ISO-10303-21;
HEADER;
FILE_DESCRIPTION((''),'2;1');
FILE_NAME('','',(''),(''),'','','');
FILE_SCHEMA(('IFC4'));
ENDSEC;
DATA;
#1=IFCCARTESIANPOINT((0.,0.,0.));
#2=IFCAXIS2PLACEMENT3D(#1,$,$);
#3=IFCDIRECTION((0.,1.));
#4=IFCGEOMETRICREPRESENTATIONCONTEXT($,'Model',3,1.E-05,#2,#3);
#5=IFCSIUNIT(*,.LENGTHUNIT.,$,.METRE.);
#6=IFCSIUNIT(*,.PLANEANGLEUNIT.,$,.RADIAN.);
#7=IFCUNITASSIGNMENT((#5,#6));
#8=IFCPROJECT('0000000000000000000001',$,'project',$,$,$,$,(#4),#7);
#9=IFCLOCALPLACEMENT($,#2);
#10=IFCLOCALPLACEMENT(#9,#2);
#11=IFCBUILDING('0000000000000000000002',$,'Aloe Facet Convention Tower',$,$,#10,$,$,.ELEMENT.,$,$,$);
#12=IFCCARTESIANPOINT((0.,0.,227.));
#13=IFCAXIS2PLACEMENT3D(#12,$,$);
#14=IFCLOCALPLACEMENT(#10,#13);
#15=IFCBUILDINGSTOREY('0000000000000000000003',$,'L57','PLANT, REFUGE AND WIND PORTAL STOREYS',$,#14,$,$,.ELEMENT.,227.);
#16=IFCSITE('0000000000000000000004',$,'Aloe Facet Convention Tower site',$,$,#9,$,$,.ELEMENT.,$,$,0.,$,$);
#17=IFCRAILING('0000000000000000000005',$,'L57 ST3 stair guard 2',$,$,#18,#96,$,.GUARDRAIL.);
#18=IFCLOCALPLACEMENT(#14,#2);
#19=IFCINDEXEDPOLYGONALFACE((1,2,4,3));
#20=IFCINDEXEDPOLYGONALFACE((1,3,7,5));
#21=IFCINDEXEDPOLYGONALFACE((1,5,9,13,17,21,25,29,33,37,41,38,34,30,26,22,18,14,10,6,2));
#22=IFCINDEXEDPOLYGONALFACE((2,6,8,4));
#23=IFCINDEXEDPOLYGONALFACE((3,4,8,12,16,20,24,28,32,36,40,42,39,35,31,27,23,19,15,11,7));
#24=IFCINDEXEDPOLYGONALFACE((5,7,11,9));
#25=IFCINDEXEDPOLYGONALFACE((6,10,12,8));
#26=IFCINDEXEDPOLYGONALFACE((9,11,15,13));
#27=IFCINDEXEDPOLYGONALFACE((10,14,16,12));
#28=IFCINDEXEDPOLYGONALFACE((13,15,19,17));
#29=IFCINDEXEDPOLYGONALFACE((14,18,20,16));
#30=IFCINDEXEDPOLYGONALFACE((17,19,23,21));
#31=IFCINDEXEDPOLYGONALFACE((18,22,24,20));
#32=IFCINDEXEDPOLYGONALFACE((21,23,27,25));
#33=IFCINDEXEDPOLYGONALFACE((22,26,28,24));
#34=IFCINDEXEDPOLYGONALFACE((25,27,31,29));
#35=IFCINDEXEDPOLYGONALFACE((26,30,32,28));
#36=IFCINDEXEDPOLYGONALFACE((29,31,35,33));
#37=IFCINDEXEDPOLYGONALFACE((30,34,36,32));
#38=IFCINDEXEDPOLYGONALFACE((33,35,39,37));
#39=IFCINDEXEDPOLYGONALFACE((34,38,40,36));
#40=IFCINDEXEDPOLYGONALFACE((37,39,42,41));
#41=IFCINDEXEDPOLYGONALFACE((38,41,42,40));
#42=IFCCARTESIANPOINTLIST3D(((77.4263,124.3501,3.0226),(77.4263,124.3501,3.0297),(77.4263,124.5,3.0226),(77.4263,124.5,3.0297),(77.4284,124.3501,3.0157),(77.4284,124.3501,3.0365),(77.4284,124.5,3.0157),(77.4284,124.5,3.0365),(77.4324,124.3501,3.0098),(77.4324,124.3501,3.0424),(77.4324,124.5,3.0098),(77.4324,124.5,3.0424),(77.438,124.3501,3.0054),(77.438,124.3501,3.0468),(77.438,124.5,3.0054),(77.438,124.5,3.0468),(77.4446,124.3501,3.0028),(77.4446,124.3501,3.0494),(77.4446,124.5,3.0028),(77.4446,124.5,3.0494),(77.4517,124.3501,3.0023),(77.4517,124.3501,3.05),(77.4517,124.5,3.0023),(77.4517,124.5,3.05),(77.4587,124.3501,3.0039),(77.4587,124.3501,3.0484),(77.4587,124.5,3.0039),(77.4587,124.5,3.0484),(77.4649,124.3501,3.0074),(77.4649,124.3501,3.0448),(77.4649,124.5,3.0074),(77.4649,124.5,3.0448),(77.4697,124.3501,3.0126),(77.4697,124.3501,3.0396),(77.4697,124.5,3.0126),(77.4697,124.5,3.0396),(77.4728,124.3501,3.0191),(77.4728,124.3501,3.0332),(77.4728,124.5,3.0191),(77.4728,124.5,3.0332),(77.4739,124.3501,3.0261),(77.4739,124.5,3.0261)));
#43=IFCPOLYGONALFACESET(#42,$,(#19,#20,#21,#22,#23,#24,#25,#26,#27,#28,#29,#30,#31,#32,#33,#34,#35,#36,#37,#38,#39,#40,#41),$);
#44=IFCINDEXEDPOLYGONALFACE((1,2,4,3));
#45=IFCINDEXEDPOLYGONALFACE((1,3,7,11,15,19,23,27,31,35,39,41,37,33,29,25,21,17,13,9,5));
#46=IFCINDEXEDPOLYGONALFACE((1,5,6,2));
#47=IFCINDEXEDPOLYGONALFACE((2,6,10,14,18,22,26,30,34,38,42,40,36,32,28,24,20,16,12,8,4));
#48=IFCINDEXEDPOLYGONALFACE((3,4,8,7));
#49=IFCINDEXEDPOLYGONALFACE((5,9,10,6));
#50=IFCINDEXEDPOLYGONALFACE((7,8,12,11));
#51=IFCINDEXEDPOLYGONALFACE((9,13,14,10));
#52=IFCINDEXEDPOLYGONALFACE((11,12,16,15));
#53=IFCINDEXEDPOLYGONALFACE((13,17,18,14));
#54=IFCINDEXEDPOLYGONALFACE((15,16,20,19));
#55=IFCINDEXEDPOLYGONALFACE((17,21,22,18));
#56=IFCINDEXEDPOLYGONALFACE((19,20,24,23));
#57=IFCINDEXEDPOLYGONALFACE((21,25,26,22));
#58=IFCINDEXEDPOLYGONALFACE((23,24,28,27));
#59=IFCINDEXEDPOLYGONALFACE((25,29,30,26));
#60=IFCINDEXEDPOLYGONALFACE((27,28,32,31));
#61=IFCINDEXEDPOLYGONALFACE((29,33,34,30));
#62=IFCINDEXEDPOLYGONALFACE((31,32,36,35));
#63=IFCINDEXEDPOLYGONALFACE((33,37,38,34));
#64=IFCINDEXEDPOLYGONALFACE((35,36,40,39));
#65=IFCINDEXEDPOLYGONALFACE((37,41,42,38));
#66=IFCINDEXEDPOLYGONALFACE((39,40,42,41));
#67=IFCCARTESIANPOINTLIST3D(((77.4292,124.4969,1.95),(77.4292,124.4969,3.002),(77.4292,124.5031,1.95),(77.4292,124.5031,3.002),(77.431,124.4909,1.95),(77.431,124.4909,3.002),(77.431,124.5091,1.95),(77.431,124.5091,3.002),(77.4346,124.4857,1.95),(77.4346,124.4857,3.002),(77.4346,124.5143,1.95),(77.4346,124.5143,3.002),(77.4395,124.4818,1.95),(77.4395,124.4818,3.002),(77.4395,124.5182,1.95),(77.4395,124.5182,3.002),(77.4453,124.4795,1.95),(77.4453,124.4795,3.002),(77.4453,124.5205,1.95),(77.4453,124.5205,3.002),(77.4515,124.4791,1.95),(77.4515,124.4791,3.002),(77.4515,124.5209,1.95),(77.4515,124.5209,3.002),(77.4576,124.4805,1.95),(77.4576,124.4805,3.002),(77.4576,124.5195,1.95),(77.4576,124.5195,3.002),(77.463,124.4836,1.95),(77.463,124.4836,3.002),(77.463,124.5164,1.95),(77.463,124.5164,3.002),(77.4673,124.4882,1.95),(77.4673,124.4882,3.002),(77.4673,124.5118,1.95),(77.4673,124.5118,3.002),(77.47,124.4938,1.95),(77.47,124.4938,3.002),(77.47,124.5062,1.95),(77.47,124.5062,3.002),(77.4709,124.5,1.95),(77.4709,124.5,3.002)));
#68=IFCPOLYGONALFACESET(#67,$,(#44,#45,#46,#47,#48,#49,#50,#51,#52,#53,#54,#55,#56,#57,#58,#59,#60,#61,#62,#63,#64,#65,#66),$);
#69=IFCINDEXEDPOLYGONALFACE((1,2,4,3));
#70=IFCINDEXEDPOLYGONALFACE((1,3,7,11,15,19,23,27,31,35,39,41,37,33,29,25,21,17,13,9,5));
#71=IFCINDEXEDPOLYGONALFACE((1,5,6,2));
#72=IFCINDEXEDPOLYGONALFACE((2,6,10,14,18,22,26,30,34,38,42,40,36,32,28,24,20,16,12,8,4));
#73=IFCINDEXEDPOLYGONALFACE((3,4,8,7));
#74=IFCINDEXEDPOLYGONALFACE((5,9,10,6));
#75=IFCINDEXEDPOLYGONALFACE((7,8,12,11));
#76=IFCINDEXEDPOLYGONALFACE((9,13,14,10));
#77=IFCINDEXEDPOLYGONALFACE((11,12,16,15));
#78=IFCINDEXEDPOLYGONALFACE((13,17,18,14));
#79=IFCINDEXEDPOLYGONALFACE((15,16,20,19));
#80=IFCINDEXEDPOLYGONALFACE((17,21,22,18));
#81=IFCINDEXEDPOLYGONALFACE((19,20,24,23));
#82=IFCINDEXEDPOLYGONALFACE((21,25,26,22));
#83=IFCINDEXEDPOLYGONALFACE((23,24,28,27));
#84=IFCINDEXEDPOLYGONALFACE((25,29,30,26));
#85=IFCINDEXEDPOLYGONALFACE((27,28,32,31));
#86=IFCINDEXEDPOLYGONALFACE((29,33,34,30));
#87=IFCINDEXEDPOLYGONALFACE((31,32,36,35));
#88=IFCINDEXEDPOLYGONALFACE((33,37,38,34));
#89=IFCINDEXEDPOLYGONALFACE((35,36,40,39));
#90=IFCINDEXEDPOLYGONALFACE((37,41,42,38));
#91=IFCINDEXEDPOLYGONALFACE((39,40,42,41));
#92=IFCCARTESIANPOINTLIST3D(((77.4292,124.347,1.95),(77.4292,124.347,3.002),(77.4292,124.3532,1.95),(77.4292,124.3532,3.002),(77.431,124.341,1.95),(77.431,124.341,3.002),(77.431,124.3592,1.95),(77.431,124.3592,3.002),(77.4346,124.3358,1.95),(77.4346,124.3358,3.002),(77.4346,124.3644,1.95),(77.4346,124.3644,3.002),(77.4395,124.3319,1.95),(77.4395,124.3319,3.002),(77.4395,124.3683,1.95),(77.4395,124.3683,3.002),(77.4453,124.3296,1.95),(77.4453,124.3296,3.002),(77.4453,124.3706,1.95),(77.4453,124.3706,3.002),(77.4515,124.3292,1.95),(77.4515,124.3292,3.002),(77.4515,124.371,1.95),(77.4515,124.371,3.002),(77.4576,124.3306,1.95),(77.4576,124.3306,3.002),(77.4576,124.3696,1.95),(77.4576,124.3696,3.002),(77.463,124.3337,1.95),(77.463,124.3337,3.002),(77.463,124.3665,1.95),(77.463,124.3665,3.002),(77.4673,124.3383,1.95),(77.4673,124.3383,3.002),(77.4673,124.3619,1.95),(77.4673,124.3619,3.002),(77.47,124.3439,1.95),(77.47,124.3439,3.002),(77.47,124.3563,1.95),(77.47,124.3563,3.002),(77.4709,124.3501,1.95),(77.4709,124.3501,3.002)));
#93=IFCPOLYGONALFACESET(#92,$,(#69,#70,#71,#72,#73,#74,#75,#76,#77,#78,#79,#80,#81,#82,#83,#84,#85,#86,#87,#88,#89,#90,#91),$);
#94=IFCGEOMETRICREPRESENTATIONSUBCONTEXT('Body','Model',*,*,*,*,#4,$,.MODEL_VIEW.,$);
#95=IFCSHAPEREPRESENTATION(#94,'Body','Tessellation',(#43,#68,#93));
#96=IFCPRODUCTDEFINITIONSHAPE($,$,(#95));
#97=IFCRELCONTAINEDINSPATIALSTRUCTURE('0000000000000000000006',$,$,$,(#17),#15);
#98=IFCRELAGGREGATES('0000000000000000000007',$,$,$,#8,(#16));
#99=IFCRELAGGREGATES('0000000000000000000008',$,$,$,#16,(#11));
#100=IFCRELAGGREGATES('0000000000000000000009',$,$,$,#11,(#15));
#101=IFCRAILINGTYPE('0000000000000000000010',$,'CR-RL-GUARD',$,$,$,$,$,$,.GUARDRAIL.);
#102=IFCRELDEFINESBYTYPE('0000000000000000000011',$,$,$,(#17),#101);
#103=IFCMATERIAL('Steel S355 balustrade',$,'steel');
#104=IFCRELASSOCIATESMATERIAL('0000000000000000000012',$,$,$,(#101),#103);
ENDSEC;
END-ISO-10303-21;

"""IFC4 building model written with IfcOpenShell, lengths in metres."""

from ifc_helpers import new_model, si_unit, direction, frame, origin, origin_2d, place, context, subcontext, project, spatial, circle, extrude, material, type_object, element, save


model = new_model("IFC4")

# Units and contexts
model_context = context("Model", 3, precision=1e-05, world=origin(), true_north=direction((0.0, 1.0)))
body_context = subcontext(model_context, "Body", "Model", "MODEL_VIEW")
ifc_project = project(units=[si_unit("LENGTHUNIT", "METRE"), si_unit("PLANEANGLEUNIT", "RADIAN")], contexts=[model_context])

# Site, building, storey
site_placement = place(None, origin())
site = spatial("IfcSite", under=ifc_project, at=site_placement, Name="Aloe Facet Convention Tower site", CompositionType="ELEMENT", RefElevation=0.0)
building_placement = place(site_placement, origin())
building = spatial("IfcBuilding", under=site, at=building_placement, Name="Aloe Facet Convention Tower", CompositionType="ELEMENT")
storey_placement = place(building_placement, frame((0.0, 0.0, 227.0)))
storey = spatial("IfcBuildingStorey", under=building, at=storey_placement, Name="L57", Description="PLANT, REFUGE AND WIND PORTAL STOREYS", CompositionType="ELEMENT", Elevation=227.0)

# Railing
ifc_material_1 = material(Name="Steel S355 balustrade", Category="steel")
railing_type_1 = type_object("IfcRailingType", Name="CR-RL-GUARD", PredefinedType="GUARDRAIL", material=ifc_material_1)
railing_1_placement = place(storey_placement, frame((77.45, 124.5, 1.95)))
element("IfcRailing", 1, at=railing_1_placement, inside=storey, type_object=railing_type_1, Name="L57 ST3 stair guard 2", PredefinedType="GUARDRAIL", context=body_context, shape_type="SweptSolid", body=[
    extrude(circle(Radius=0.0239, at=origin_2d()), frame((0.0, 0.0, 1.0762), z_axis=(0.0, -1.0, 0.0), x_axis=(1.0, 0.0, 0.0)), (0.0, 0.0, 1.0), 0.1499),
    extrude(circle(Radius=0.021, at=origin_2d()), origin(), (0.0, 0.0, 1.0), 1.052),
    extrude(circle(Radius=0.021, at=origin_2d()), frame((0.0, -0.1499, 0.0)), (0.0, 0.0, 1.0), 1.052),
])

save(model, "model.ifc")
